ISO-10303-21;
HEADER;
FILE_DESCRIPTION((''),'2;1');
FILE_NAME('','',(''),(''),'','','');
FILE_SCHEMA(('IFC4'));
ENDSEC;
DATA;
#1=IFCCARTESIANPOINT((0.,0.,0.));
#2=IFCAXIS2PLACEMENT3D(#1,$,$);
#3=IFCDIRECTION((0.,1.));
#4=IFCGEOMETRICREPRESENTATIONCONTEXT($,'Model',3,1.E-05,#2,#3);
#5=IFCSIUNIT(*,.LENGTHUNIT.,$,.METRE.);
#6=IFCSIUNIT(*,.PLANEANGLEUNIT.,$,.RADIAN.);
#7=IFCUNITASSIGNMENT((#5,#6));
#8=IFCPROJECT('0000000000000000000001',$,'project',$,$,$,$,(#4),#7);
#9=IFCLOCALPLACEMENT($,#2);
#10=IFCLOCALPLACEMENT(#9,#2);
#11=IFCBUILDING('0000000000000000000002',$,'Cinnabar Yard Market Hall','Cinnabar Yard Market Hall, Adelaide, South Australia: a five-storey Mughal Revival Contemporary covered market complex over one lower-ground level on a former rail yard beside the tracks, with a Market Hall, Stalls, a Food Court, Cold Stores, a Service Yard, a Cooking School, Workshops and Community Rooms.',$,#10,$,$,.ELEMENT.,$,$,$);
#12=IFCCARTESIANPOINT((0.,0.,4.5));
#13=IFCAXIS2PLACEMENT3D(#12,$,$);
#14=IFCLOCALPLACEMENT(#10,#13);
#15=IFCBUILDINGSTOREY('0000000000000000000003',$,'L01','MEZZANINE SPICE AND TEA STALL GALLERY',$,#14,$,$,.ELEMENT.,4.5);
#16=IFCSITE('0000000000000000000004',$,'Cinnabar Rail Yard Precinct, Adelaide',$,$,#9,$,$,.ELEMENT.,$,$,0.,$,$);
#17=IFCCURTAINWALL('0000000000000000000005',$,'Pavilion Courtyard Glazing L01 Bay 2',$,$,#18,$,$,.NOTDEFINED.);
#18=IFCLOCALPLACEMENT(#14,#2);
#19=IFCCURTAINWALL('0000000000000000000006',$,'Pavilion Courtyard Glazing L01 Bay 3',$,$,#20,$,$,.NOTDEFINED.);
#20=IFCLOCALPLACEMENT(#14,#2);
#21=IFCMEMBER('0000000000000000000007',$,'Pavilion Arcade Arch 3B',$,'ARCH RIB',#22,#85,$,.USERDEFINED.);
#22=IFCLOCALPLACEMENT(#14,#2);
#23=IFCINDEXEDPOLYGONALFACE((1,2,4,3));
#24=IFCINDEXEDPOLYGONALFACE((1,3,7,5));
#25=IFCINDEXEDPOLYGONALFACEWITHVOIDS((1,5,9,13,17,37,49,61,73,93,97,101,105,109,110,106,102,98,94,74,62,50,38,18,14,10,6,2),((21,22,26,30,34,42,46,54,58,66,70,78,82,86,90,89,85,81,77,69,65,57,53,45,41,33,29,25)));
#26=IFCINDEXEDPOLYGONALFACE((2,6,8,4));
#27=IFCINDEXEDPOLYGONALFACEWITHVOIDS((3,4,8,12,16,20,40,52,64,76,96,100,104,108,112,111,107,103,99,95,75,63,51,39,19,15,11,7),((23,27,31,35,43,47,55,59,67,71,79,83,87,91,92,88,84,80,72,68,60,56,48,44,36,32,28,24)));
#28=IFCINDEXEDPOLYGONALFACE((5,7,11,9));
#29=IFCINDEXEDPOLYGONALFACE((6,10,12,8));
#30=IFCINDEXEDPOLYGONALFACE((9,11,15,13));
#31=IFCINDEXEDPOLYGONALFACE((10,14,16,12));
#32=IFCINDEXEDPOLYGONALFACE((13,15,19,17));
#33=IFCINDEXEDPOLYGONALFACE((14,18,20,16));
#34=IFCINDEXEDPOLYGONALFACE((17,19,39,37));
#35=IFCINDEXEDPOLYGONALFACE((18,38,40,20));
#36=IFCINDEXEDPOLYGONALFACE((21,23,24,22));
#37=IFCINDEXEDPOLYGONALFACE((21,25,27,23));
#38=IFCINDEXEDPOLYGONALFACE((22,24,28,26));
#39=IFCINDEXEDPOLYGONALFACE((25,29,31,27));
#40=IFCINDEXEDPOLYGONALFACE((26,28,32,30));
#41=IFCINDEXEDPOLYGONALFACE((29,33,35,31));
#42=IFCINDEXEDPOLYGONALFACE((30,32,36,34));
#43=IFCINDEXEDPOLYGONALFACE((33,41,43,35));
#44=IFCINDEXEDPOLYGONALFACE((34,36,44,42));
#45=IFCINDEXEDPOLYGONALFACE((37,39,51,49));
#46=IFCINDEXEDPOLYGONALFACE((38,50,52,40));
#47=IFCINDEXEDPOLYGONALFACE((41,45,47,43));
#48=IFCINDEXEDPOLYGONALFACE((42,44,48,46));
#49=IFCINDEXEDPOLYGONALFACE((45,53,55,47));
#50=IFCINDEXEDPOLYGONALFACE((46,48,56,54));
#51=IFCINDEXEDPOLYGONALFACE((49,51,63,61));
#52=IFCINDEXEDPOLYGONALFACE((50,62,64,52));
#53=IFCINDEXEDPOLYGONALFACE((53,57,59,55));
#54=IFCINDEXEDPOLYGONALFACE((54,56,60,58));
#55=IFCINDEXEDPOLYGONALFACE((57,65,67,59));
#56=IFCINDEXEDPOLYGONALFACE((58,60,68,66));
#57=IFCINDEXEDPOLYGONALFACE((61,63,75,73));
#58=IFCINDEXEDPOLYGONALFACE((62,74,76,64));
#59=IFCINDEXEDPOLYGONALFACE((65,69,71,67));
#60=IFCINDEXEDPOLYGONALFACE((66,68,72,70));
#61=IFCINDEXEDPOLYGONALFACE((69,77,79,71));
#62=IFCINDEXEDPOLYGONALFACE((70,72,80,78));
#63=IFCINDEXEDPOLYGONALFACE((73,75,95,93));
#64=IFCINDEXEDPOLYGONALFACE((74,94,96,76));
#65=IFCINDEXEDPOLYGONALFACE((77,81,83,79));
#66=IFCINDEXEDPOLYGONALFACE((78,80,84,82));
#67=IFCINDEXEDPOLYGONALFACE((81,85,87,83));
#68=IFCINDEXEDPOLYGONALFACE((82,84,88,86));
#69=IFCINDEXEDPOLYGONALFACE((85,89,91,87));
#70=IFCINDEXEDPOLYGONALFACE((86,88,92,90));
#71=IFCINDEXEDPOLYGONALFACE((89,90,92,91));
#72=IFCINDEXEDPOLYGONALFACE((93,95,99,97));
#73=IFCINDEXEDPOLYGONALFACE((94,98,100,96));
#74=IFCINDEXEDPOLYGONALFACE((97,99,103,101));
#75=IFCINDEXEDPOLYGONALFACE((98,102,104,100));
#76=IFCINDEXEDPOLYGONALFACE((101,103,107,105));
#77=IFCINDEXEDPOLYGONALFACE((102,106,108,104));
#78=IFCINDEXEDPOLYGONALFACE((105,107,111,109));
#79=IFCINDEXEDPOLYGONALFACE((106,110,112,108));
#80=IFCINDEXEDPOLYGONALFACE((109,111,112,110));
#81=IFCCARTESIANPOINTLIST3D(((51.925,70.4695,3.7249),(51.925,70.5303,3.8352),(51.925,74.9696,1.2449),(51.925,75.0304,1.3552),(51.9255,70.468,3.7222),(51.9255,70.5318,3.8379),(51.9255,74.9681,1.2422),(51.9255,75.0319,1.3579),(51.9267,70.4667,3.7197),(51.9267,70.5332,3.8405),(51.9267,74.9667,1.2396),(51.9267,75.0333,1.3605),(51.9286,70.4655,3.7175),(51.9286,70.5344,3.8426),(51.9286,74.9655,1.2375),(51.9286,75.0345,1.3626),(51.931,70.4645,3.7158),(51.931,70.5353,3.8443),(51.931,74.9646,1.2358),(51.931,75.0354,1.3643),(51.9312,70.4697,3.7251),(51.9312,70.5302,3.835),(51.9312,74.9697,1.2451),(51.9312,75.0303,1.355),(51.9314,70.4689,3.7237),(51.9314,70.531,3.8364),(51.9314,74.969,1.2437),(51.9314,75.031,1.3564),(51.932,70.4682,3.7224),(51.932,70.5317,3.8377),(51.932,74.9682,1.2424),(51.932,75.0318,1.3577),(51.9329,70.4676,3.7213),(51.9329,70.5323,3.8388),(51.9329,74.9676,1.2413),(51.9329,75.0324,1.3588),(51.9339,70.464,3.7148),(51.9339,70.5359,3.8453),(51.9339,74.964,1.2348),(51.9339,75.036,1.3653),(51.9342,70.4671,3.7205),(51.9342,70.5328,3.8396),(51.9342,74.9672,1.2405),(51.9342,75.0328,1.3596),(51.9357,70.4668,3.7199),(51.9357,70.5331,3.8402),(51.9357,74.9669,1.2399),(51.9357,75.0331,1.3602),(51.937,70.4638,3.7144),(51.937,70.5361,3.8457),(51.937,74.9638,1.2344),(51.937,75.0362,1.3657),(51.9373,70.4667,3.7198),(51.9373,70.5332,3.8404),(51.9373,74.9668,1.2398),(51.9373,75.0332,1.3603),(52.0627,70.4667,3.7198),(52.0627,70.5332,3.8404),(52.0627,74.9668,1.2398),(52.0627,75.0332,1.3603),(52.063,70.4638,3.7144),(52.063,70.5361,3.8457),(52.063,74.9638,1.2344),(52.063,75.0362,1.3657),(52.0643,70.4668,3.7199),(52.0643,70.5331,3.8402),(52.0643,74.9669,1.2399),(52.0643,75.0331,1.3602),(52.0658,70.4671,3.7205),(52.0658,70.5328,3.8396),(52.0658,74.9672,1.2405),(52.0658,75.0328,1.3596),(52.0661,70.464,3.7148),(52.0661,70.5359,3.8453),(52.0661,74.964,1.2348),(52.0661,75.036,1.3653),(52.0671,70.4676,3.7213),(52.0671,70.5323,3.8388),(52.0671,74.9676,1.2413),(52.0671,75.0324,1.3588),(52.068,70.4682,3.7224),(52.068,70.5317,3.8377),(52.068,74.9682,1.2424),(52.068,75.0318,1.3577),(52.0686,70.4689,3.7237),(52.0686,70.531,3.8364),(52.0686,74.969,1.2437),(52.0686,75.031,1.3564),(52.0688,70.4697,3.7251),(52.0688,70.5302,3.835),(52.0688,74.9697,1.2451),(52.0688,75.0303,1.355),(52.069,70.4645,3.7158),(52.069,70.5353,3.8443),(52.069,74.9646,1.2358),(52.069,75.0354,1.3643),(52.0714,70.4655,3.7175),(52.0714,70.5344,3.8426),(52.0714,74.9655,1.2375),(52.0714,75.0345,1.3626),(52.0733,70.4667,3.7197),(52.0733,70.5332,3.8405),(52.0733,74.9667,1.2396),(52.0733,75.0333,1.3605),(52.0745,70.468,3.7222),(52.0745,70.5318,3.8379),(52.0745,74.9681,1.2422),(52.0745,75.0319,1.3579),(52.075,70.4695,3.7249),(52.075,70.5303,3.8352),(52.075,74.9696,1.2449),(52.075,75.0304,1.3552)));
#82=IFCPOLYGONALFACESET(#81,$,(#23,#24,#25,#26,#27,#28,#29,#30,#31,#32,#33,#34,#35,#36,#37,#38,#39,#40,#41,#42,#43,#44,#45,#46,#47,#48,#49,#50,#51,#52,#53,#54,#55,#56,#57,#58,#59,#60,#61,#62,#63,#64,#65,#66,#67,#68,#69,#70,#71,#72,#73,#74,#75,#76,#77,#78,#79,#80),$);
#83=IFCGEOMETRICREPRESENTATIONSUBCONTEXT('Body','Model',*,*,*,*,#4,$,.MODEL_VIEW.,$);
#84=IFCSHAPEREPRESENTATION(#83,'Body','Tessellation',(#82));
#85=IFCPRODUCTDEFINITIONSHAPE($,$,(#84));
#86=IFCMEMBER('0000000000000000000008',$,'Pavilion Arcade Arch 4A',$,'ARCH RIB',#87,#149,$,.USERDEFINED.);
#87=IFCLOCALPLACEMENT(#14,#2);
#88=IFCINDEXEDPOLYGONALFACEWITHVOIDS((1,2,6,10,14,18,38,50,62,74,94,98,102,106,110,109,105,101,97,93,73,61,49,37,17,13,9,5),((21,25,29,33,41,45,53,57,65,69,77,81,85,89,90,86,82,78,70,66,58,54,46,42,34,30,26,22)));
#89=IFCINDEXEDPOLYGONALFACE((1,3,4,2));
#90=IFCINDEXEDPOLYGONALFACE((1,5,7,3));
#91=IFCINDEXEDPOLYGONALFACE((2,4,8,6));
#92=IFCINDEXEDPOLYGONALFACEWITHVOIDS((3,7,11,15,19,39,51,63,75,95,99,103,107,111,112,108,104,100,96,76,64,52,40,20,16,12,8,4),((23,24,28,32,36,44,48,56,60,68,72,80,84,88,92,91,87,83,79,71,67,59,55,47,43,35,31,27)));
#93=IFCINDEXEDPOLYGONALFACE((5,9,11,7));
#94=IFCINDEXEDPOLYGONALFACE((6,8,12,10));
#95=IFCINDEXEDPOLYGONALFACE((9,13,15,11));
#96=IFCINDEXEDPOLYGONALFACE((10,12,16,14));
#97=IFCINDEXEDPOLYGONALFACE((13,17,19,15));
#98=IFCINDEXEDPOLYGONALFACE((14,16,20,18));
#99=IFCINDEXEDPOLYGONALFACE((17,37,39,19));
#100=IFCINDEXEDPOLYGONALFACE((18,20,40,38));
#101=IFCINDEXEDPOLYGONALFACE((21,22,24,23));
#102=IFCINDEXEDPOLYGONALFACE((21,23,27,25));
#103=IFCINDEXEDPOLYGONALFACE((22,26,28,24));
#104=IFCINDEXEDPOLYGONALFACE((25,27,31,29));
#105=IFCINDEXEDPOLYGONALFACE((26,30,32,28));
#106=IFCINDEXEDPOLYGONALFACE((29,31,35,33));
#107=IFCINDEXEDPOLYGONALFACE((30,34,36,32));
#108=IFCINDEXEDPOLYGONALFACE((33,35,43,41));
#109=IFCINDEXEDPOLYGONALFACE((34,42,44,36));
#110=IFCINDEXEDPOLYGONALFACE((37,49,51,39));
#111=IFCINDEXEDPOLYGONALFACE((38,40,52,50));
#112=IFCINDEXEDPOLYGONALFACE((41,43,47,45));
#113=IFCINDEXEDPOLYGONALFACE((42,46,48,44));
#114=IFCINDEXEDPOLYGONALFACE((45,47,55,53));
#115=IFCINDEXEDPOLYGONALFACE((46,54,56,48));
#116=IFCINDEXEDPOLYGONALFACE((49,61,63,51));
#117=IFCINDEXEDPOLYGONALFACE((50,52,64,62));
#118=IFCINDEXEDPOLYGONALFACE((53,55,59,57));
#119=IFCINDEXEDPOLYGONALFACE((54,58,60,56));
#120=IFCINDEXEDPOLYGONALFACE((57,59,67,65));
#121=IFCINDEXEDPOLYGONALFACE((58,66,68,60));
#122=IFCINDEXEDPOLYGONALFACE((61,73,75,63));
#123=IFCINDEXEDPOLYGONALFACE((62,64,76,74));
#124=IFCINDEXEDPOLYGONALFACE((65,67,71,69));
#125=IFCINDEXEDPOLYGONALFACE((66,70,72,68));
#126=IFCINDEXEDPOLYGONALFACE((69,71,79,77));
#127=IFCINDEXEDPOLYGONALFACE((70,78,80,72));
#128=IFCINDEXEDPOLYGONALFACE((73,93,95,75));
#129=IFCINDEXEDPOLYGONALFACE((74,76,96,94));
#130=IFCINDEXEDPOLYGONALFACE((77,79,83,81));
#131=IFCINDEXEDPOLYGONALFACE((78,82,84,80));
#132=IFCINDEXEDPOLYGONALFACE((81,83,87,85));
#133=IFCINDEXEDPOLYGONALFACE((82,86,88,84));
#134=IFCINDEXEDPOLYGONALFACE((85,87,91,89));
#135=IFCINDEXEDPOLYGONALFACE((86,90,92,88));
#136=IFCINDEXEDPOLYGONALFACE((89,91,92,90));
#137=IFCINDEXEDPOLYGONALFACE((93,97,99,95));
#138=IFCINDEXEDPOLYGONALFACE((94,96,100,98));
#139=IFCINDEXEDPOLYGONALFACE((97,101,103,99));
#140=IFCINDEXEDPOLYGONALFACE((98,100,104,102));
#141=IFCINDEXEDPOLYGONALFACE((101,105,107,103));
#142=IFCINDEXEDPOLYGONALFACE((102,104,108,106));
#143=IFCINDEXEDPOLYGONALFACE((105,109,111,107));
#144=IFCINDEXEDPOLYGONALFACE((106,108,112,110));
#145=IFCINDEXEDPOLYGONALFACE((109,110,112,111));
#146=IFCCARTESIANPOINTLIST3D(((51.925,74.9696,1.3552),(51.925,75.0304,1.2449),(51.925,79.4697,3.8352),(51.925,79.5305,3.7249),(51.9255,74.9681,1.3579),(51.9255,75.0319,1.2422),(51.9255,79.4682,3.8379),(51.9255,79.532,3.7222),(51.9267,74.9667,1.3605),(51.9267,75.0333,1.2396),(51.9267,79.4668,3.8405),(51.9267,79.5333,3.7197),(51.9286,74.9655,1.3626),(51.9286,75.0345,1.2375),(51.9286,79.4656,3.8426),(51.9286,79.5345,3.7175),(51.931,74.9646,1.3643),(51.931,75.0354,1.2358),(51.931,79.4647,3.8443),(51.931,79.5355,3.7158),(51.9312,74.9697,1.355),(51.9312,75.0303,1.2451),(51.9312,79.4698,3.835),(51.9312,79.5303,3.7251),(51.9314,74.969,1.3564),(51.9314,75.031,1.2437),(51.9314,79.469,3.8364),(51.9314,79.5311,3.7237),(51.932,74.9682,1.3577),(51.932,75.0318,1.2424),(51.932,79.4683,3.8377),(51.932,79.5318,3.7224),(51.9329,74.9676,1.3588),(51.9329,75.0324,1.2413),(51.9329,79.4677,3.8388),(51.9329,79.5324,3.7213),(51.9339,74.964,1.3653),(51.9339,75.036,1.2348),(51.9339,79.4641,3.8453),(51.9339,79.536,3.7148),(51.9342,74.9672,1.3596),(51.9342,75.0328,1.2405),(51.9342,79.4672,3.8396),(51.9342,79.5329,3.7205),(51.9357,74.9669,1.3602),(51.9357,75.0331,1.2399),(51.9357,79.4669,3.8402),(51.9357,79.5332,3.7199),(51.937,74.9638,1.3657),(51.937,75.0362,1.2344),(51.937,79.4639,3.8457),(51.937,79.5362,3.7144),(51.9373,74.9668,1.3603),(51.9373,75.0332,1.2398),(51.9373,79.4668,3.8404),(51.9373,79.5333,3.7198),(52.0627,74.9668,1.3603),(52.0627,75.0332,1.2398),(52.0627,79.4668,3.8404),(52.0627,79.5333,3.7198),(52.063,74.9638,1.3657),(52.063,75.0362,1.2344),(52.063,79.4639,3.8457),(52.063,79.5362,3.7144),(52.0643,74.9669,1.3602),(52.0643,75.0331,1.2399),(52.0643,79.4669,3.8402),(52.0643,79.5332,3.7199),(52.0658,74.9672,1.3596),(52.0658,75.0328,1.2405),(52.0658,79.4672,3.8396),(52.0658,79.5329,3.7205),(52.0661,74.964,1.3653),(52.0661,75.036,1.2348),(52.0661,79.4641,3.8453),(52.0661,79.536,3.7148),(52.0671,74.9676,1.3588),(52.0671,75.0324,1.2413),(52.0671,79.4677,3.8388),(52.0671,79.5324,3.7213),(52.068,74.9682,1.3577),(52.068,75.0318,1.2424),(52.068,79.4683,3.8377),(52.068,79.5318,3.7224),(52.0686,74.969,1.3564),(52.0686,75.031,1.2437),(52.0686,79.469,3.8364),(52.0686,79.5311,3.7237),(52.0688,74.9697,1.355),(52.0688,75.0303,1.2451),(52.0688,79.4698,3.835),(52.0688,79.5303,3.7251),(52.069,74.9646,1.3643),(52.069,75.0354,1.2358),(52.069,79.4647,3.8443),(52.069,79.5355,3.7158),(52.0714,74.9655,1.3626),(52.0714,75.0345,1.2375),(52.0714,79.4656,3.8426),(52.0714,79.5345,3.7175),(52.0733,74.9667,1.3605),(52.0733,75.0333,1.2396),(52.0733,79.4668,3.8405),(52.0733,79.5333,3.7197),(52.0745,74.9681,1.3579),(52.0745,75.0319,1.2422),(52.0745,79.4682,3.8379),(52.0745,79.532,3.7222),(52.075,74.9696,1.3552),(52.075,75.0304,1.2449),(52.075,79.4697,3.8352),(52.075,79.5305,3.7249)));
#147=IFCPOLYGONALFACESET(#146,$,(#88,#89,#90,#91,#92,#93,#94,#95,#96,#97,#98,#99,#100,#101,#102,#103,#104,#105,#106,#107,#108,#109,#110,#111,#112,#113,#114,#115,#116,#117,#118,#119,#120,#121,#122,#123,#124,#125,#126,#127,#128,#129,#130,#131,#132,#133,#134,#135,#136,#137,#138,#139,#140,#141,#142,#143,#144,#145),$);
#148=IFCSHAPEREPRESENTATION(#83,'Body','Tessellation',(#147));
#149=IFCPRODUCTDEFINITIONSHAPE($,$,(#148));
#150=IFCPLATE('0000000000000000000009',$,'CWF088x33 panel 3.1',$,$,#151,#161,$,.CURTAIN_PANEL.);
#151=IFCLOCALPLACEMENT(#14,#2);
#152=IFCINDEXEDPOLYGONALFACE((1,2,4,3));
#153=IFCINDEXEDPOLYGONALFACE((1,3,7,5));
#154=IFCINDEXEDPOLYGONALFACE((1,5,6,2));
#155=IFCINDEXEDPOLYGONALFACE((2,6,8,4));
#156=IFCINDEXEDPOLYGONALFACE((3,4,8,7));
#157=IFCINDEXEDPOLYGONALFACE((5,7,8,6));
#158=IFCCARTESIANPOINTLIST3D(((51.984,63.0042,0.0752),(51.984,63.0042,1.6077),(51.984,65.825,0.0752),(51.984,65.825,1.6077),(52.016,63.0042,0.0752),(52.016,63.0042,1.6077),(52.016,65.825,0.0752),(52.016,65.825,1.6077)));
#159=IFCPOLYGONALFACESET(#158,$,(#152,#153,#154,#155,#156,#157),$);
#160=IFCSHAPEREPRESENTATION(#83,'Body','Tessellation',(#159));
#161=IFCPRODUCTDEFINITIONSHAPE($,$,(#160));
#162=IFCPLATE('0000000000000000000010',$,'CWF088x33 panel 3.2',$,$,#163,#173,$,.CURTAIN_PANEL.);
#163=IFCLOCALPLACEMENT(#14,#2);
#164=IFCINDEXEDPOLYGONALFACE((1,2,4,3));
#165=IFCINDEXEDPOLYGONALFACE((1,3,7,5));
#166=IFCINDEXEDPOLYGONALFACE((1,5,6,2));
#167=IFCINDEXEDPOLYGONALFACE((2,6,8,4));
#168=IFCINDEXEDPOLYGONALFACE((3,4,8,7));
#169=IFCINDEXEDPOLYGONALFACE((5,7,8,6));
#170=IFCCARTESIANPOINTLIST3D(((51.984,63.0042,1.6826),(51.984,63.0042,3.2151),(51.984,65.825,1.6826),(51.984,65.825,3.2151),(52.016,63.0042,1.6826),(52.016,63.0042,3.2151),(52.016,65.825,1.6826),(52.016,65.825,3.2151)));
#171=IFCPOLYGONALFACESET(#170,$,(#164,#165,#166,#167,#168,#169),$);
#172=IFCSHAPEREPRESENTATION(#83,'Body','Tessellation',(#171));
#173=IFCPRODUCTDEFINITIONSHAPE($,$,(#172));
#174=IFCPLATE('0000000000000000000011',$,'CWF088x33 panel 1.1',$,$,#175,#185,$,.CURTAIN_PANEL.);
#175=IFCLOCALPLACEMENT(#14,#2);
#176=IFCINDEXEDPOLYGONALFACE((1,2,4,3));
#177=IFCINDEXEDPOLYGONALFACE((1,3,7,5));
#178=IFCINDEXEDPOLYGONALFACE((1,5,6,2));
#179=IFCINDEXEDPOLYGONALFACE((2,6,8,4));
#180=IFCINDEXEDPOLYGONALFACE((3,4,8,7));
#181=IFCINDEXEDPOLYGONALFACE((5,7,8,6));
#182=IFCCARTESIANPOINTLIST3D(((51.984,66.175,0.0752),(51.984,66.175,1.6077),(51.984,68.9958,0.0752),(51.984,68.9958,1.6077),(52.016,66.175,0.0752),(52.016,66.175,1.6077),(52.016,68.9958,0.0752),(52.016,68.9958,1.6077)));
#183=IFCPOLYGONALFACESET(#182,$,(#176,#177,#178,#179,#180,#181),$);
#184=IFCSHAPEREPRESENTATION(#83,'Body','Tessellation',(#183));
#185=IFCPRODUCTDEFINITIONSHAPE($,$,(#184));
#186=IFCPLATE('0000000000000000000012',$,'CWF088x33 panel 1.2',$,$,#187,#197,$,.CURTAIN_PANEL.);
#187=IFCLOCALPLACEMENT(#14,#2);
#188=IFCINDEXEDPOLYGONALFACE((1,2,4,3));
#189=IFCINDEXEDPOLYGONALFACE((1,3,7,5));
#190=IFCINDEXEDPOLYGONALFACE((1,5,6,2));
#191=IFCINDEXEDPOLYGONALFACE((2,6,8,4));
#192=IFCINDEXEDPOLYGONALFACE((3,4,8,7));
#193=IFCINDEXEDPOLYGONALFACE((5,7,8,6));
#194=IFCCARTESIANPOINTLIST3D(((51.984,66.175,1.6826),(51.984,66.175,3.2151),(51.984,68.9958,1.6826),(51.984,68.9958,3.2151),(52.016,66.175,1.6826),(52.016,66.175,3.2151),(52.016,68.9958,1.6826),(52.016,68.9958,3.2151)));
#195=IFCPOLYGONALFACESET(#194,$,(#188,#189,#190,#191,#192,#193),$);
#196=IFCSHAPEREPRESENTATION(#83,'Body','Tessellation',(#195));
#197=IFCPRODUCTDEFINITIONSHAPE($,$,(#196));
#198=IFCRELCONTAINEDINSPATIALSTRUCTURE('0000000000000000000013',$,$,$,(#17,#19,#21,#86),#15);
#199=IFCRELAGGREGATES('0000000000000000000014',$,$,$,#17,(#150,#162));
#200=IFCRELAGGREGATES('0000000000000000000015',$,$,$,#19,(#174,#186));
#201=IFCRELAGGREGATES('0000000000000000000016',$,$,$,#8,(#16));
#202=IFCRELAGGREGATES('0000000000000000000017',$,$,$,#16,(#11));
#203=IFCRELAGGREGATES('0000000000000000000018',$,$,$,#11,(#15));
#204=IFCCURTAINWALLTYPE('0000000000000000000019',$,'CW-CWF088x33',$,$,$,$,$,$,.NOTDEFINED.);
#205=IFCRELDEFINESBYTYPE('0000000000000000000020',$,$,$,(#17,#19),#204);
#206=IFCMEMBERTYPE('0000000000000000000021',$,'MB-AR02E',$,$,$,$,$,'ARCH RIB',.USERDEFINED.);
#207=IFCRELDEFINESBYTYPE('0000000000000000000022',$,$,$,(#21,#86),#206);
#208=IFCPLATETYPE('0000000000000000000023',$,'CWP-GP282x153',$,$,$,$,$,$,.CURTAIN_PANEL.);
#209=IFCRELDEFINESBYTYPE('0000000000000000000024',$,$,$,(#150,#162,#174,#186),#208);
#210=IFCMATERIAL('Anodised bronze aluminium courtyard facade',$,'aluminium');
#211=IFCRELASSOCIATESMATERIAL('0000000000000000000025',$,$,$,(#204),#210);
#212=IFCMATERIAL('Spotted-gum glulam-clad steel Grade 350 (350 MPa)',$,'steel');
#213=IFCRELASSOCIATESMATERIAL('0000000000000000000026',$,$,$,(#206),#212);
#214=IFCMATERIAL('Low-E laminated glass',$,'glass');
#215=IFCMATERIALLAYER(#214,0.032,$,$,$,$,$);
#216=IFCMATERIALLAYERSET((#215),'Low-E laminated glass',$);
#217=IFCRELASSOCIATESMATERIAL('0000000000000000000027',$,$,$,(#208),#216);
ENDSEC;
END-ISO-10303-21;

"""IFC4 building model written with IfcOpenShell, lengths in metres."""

from ifc_helpers import new_model, si_unit, direction, frame, origin, origin_2d_with_axis, place, context, subcontext, project, spatial, rectangle, hollow_rectangle, extrude, material, layer, layer_set, material_profile, profile_set, type_object, element, aggregate, save


model = new_model("IFC4")

# Units and contexts
model_context = context("Model", 3, precision=1e-05, world=origin(), true_north=direction((0.0, 1.0)))
body_context = subcontext(model_context, "Body", "Model", "MODEL_VIEW")
ifc_project = project(units=[si_unit("LENGTHUNIT", "METRE"), si_unit("PLANEANGLEUNIT", "RADIAN")], contexts=[model_context])

# Site, building, storey
site_placement = place(None, origin())
site = spatial("IfcSite", under=ifc_project, at=site_placement, Name="Cinnabar Rail Yard Precinct, Adelaide", CompositionType="ELEMENT", RefElevation=0.0)
building_placement = place(site_placement, origin())
building = spatial("IfcBuilding", under=site, at=building_placement, Name="Cinnabar Yard Market Hall", Description="Cinnabar Yard Market Hall, Adelaide, South Australia: a five-storey Mughal Revival Contemporary covered market complex over one lower-ground level on a former rail yard beside the tracks, with a Market Hall, Stalls, a Food Court, Cold Stores, a Service Yard, a Cooking School, Workshops and Community Rooms.", CompositionType="ELEMENT")
storey_placement = place(building_placement, frame((0.0, 0.0, 4.5)))
storey = spatial("IfcBuildingStorey", under=building, at=storey_placement, Name="L01", Description="MEZZANINE SPICE AND TEA STALL GALLERY", CompositionType="ELEMENT", Elevation=4.5)

# Curtain wall
ifc_material_1 = material(Name="Anodised bronze aluminium courtyard facade", Category="aluminium")
curtain_wall_type = type_object("IfcCurtainWallType", Name="CW-CWF088x33", PredefinedType="NOTDEFINED", material=ifc_material_1)
curtain_wall_1_placement = place(storey_placement, origin())
curtain_wall_1 = element("IfcCurtainWall", 1, at=curtain_wall_1_placement, inside=storey, type_object=curtain_wall_type, Name="Pavilion Courtyard Glazing L01 Bay 2", PredefinedType="NOTDEFINED")

# Curtain wall
curtain_wall_2_placement = place(storey_placement, origin())
curtain_wall_2 = element("IfcCurtainWall", 2, at=curtain_wall_2_placement, inside=storey, type_object=curtain_wall_type, Name="Pavilion Courtyard Glazing L01 Bay 3", PredefinedType="NOTDEFINED")

# Members
ifc_material_2 = material(Name="Spotted-gum glulam-clad steel Grade 350 (350 MPa)", Category="steel")
ifc_material_profile_1 = material_profile(ifc_material_2, hollow_rectangle(XDim=0.1499, YDim=0.1499, WallThickness=0.0061, InnerFilletRadius=0.0061, OuterFilletRadius=0.012, at=origin_2d_with_axis()), Name="150x150x6.0SHS")
ifc_profile_set_1 = profile_set([ifc_material_profile_1], Name="Spotted-gum glulam-clad steel Grade 350 (350 MPa)")
member_type_1 = type_object("IfcMemberType", Name="MB-AR02E", ElementType="ARCH RIB", PredefinedType="USERDEFINED", material=ifc_profile_set_1)
for number, where, z_axis, x_axis, name in (
    (3, (52.0, 75.0, 1.3), (0.0, -0.875806, 0.482663), (1.0, 0.0, 0.0), "Pavilion Arcade Arch 3B"),
    (4, (52.0, 75.0, 1.3), (0.0, 0.875806, 0.482663), (-1.0, 0.0, 0.0), "Pavilion Arcade Arch 4A"),
):
    element("IfcMember", number, at=place(storey_placement, frame(where, z_axis=z_axis, x_axis=x_axis)), inside=storey, type_object=member_type_1, Name=name, ObjectType="ARCH RIB", PredefinedType="USERDEFINED", context=body_context, shape_type="SweptSolid", body=[
        extrude(hollow_rectangle(XDim=0.1499, YDim=0.1499, WallThickness=0.0061, InnerFilletRadius=0.0061, OuterFilletRadius=0.012, at=origin_2d_with_axis()), origin(), (0.0, 0.0, 1.0), 5.1382),
    ])

# Plates
ifc_material_3 = material(Name="Low-E laminated glass", Category="glass")
ifc_layer_1 = layer(ifc_material_3, 0.032)
ifc_layer_set_1 = layer_set([ifc_layer_1], Name="Low-E laminated glass")
plate_type_1 = type_object("IfcPlateType", Name="CWP-GP282x153", PredefinedType="CURTAIN_PANEL", material=ifc_layer_set_1)
plate_1_placement = place(storey_placement, frame((52.0, 64.4146, 0.0752), z_axis=(0.0, 0.0, 1.0), x_axis=(0.0, 1.0, 0.0)))
plate_1 = element("IfcPlate", 5, at=plate_1_placement, type_object=plate_type_1, Name="CWF088x33 panel 3.1", PredefinedType="CURTAIN_PANEL", context=body_context, shape_type="SweptSolid", body=[
    extrude(rectangle(XDim=2.8208, YDim=0.032, at=origin_2d_with_axis()), origin(), (0.0, 0.0, 1.0), 1.5325),
])
plate_2_placement = place(storey_placement, frame((52.0, 64.4146, 1.6826), z_axis=(0.0, 0.0, 1.0), x_axis=(0.0, 1.0, 0.0)))
plate_2 = element("IfcPlate", 6, at=plate_2_placement, type_object=plate_type_1, Name="CWF088x33 panel 3.2", PredefinedType="CURTAIN_PANEL", context=body_context, shape_type="SweptSolid", body=[
    extrude(rectangle(XDim=2.8208, YDim=0.032, at=origin_2d_with_axis()), origin(), (0.0, 0.0, 1.0), 1.5325),
])
aggregate(curtain_wall_1, [plate_1, plate_2])
plate_3_placement = place(storey_placement, frame((52.0, 67.5854, 0.0752), z_axis=(0.0, 0.0, 1.0), x_axis=(0.0, 1.0, 0.0)))
plate_3 = element("IfcPlate", 7, at=plate_3_placement, type_object=plate_type_1, Name="CWF088x33 panel 1.1", PredefinedType="CURTAIN_PANEL", context=body_context, shape_type="SweptSolid", body=[
    extrude(rectangle(XDim=2.8208, YDim=0.032, at=origin_2d_with_axis()), origin(), (0.0, 0.0, 1.0), 1.5325),
])
plate_4_placement = place(storey_placement, frame((52.0, 67.5854, 1.6826), z_axis=(0.0, 0.0, 1.0), x_axis=(0.0, 1.0, 0.0)))
plate_4 = element("IfcPlate", 8, at=plate_4_placement, type_object=plate_type_1, Name="CWF088x33 panel 1.2", PredefinedType="CURTAIN_PANEL", context=body_context, shape_type="SweptSolid", body=[
    extrude(rectangle(XDim=2.8208, YDim=0.032, at=origin_2d_with_axis()), origin(), (0.0, 0.0, 1.0), 1.5325),
])
aggregate(curtain_wall_2, [plate_3, plate_4])

save(model, "model.ifc")
